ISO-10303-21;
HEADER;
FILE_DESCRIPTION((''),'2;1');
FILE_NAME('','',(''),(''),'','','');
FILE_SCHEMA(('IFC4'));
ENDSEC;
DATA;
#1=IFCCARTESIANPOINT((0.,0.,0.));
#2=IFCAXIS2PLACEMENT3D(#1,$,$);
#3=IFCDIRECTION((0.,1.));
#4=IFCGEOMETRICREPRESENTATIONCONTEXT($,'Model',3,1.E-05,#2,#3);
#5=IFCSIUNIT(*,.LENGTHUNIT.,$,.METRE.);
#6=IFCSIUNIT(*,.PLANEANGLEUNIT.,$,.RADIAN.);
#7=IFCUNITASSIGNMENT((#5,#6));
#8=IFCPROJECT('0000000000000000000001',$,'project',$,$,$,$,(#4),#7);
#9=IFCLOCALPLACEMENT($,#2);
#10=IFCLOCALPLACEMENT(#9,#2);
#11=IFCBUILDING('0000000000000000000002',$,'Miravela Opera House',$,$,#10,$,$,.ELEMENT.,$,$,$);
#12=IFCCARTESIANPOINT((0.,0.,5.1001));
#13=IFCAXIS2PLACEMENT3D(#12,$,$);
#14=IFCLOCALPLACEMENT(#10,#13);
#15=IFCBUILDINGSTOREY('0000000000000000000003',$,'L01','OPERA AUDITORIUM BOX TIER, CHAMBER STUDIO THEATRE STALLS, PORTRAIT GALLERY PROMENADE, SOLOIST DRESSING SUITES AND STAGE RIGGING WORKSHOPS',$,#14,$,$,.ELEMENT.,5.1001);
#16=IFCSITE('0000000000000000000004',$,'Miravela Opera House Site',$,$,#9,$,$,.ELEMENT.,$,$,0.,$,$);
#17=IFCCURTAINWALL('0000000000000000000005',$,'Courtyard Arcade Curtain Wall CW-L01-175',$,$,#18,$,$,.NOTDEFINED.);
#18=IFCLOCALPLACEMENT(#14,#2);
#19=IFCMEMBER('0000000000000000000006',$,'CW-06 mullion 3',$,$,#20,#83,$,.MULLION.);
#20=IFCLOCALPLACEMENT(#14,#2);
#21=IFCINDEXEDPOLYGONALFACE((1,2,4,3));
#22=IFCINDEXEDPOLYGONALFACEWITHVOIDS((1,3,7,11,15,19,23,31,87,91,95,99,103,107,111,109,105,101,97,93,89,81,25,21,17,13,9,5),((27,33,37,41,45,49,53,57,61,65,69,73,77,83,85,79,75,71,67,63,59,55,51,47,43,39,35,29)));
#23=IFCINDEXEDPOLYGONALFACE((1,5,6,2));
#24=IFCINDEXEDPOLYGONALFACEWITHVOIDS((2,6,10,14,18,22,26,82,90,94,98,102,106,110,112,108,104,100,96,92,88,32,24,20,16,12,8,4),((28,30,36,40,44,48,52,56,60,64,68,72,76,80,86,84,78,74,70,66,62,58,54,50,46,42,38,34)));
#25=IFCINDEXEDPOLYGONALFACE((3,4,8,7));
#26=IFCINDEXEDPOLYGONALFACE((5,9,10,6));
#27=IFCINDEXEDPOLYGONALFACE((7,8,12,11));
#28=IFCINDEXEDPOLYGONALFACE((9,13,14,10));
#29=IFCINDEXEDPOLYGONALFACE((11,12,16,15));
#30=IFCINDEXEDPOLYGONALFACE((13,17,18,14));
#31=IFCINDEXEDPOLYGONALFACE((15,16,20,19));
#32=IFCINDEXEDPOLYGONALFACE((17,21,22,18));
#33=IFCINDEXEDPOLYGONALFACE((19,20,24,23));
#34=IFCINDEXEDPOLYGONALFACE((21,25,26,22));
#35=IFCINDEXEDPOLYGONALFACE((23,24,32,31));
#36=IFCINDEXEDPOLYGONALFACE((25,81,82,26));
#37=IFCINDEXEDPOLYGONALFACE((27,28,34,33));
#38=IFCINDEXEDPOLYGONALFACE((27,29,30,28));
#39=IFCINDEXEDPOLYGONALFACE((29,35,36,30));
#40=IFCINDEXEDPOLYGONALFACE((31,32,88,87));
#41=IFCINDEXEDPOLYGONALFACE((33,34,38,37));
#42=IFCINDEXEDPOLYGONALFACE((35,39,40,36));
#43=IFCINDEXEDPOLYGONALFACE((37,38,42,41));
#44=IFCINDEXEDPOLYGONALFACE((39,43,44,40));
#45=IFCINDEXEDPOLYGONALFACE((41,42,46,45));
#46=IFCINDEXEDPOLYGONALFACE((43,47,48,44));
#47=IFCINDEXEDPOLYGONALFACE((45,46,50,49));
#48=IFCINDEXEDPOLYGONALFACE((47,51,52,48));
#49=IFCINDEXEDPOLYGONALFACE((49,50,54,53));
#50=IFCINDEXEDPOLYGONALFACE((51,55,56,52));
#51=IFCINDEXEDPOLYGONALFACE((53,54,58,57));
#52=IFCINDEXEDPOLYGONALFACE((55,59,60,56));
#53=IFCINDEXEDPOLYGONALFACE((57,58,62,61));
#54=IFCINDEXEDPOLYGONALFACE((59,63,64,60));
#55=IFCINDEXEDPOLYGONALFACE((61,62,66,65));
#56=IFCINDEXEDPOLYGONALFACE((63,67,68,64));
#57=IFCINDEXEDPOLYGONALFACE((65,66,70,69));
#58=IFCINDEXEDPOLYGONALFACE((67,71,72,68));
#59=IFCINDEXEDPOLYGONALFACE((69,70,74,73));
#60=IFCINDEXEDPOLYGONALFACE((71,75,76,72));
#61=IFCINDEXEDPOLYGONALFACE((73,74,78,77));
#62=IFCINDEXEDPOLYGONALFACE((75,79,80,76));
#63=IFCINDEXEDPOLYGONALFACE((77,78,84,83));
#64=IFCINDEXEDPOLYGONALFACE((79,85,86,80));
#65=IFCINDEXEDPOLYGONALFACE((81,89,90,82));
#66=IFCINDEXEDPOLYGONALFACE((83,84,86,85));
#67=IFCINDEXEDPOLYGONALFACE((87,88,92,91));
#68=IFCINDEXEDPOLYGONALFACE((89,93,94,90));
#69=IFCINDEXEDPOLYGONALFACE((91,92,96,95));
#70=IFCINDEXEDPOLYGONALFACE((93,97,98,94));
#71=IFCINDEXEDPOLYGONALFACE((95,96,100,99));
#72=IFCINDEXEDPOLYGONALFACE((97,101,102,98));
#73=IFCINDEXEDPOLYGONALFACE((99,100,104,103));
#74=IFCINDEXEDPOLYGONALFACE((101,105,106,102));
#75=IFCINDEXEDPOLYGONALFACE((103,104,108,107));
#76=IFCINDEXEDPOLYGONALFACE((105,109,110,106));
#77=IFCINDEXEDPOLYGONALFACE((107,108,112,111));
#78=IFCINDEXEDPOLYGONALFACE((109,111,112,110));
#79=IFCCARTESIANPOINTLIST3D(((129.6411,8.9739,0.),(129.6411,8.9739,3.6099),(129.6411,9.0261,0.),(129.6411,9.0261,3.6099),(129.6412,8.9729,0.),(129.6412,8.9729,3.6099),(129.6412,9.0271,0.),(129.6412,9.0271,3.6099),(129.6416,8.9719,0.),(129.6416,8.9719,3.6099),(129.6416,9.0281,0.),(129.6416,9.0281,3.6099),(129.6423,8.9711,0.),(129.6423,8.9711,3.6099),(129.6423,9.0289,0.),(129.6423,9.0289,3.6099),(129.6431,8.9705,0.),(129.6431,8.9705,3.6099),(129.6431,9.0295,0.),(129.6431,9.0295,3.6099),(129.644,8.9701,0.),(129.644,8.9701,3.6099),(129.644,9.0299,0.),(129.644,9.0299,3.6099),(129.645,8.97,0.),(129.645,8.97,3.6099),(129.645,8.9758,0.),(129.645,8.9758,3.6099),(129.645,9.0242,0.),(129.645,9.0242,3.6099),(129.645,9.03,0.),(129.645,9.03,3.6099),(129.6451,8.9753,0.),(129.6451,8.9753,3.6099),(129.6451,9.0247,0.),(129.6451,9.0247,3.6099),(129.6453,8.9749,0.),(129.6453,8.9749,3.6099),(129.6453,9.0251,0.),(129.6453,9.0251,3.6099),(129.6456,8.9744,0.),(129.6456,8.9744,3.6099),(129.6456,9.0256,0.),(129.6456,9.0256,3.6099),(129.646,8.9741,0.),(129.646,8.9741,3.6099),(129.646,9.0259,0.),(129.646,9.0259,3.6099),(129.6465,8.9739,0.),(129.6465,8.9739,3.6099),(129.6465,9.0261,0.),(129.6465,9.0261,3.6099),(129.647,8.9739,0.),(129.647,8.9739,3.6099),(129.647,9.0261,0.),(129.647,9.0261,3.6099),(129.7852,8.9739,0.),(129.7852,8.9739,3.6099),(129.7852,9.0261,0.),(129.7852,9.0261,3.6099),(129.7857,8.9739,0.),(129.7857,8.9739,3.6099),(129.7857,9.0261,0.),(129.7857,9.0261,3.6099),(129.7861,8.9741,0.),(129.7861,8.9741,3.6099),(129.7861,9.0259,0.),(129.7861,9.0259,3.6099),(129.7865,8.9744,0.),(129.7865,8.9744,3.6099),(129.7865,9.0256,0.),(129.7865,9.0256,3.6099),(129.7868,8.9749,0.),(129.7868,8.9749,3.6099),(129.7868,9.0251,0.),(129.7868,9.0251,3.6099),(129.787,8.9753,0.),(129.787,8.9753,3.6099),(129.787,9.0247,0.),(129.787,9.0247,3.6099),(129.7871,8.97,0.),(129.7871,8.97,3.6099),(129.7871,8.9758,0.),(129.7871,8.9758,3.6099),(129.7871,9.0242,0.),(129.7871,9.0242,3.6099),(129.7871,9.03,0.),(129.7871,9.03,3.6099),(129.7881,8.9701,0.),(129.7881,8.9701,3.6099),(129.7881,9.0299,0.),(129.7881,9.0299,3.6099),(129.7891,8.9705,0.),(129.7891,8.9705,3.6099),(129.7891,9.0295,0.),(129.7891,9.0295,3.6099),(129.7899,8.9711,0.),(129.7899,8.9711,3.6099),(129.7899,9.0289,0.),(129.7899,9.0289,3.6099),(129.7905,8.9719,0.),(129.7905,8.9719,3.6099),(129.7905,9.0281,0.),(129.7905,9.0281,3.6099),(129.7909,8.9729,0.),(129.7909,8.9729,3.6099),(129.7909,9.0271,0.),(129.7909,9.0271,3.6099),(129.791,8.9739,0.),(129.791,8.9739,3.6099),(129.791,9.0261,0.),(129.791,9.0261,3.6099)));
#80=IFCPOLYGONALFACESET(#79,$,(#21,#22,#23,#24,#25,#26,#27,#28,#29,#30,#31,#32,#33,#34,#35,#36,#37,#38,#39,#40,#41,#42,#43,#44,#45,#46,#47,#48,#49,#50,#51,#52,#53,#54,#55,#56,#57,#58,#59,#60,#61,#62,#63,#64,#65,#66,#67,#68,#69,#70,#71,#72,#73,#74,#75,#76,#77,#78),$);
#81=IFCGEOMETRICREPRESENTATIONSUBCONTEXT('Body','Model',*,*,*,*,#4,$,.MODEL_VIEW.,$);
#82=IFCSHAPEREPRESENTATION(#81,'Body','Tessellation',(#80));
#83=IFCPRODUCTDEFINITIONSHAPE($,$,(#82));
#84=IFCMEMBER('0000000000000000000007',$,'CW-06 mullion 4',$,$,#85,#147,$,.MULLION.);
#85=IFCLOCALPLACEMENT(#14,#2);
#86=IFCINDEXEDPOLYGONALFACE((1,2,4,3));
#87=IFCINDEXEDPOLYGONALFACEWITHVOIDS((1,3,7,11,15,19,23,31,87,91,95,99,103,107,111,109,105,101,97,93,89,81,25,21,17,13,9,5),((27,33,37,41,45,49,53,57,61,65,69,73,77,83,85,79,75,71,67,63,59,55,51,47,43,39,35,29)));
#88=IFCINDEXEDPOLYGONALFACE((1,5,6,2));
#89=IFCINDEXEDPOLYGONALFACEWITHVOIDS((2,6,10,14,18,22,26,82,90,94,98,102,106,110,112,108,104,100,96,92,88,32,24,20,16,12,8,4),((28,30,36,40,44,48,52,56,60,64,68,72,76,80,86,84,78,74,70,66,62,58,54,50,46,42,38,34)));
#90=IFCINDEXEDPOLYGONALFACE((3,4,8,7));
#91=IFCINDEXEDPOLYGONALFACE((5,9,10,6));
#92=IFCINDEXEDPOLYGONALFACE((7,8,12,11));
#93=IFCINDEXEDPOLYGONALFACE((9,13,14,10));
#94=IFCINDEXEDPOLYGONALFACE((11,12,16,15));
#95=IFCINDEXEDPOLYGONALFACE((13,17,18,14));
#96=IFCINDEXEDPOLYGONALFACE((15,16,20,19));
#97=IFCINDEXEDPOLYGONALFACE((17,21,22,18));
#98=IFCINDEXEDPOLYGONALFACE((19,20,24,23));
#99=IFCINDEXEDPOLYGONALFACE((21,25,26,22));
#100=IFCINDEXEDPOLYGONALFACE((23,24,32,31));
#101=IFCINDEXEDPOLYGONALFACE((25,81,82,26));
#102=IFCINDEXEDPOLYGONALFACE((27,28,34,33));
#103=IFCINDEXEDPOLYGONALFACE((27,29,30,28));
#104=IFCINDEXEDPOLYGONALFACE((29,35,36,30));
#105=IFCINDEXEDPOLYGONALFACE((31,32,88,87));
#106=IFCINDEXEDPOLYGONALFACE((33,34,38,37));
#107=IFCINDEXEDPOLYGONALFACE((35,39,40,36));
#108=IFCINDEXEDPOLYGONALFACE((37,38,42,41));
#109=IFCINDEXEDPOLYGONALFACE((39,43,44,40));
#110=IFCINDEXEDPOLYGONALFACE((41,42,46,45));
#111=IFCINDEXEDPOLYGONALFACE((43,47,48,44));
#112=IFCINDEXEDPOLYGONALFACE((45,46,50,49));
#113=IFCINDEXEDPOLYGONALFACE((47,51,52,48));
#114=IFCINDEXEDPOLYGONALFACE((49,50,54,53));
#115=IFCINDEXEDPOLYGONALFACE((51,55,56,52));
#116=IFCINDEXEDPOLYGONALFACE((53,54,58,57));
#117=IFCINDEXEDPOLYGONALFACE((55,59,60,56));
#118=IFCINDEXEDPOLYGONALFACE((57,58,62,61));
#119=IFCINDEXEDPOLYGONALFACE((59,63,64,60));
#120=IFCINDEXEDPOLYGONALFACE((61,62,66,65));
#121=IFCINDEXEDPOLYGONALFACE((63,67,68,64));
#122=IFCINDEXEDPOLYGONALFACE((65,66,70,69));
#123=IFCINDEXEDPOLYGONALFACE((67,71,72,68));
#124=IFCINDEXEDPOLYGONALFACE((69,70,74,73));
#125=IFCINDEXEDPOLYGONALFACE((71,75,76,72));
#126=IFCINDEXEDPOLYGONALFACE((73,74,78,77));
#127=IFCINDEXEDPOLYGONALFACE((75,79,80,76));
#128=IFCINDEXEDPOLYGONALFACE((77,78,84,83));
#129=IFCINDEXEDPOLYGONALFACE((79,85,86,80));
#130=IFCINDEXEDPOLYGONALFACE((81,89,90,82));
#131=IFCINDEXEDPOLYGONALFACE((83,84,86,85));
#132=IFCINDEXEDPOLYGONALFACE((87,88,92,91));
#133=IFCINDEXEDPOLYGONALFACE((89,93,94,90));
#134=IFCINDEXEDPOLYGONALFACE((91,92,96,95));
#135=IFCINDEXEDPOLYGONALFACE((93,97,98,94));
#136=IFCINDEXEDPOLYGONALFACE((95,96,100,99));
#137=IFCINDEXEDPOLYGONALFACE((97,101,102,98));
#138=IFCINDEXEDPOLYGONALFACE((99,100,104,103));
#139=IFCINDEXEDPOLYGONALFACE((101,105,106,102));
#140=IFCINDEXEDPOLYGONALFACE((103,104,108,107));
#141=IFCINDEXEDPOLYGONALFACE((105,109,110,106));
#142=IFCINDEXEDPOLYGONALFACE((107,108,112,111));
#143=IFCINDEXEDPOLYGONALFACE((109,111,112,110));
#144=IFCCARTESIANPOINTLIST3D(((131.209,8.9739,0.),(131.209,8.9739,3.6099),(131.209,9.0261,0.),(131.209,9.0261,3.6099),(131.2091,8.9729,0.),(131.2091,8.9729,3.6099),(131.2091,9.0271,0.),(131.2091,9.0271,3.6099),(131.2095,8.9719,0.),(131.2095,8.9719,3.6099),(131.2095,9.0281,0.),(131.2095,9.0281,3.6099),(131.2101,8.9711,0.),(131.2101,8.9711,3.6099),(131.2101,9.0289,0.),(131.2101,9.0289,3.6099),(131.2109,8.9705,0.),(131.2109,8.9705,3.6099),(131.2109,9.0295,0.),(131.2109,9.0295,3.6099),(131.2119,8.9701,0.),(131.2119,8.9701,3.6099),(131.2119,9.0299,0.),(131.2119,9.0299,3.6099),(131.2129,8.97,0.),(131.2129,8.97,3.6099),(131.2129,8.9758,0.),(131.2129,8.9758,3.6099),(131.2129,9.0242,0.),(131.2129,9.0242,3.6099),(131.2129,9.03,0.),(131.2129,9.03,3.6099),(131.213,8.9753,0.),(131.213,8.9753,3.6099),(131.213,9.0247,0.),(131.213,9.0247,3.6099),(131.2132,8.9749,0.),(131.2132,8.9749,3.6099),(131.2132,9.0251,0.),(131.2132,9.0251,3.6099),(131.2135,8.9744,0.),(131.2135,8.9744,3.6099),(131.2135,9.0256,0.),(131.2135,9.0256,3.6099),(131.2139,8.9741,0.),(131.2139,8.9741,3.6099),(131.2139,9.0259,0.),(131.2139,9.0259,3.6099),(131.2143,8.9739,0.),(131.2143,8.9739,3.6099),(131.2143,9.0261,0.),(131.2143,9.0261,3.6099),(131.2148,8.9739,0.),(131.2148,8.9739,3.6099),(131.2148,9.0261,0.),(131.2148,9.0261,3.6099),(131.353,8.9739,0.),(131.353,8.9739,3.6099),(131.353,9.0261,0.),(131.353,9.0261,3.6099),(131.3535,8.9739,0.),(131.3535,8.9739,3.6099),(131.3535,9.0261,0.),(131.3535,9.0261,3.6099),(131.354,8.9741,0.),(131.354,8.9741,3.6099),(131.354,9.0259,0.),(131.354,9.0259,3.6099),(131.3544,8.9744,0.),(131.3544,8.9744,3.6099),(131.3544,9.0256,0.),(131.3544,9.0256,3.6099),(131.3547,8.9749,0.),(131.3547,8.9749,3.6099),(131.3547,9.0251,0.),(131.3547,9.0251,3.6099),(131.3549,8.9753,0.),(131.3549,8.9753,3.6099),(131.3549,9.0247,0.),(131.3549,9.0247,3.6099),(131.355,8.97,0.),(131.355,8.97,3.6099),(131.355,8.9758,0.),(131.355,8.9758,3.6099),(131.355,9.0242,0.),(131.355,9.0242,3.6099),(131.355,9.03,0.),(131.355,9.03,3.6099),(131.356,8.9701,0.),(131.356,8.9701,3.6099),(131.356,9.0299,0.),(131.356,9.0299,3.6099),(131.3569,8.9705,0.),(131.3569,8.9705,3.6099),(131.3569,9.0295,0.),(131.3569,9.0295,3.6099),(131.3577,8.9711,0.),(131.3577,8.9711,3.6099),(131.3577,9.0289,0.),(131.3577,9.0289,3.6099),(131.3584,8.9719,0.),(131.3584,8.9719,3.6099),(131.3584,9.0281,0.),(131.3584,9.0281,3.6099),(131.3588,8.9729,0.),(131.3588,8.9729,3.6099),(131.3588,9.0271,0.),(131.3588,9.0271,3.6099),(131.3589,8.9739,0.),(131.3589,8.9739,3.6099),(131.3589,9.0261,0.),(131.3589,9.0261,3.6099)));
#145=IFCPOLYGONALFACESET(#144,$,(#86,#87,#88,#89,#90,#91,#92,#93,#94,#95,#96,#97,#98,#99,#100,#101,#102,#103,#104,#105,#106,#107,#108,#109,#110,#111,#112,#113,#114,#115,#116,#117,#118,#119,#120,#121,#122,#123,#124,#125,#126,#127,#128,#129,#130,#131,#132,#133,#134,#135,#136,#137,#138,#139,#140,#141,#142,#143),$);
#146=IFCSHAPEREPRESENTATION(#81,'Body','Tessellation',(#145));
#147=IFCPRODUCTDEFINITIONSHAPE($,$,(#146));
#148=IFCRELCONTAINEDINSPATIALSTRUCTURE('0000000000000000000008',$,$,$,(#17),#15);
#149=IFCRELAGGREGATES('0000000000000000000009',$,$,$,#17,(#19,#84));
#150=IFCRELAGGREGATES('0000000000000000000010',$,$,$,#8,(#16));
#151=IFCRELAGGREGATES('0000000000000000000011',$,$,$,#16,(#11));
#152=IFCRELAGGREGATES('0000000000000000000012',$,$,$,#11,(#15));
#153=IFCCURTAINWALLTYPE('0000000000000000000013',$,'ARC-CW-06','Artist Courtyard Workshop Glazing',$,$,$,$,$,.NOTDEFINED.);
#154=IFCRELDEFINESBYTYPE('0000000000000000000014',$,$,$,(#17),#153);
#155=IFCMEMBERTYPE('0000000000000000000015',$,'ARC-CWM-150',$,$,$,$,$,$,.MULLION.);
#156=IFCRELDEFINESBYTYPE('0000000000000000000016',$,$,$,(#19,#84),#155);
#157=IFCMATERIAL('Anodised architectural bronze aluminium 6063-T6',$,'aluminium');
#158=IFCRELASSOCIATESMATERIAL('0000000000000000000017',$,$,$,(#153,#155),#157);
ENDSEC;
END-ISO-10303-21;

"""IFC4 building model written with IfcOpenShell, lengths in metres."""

from ifc_helpers import new_model, si_unit, direction, frame, origin, origin_2d, place, context, subcontext, project, spatial, hollow_rectangle, extrude, material, material_profile, profile_set, type_object, element, aggregate, save


model = new_model("IFC4")

# Units and contexts
model_context = context("Model", 3, precision=1e-05, world=origin(), true_north=direction((0.0, 1.0)))
body_context = subcontext(model_context, "Body", "Model", "MODEL_VIEW")
ifc_project = project(units=[si_unit("LENGTHUNIT", "METRE"), si_unit("PLANEANGLEUNIT", "RADIAN")], contexts=[model_context])

# Site, building, storey
site_placement = place(None, origin())
site = spatial("IfcSite", under=ifc_project, at=site_placement, Name="Miravela Opera House Site", CompositionType="ELEMENT", RefElevation=0.0)
building_placement = place(site_placement, origin())
building = spatial("IfcBuilding", under=site, at=building_placement, Name="Miravela Opera House", CompositionType="ELEMENT")
storey_placement = place(building_placement, frame((0.0, 0.0, 5.1001)))
storey = spatial("IfcBuildingStorey", under=building, at=storey_placement, Name="L01", Description="OPERA AUDITORIUM BOX TIER, CHAMBER STUDIO THEATRE STALLS, PORTRAIT GALLERY PROMENADE, SOLOIST DRESSING SUITES AND STAGE RIGGING WORKSHOPS", CompositionType="ELEMENT", Elevation=5.1001)

# Shared definitions
ifc_material_1 = material(Name="Anodised architectural bronze aluminium 6063-T6", Category="aluminium")
curtain_wall_type = type_object("IfcCurtainWallType", Name="ARC-CW-06", Description="Artist Courtyard Workshop Glazing", PredefinedType="NOTDEFINED", material=ifc_material_1)
ifc_material_profile_1 = material_profile(ifc_material_1, hollow_rectangle(XDim=0.0601, YDim=0.1499, WallThickness=0.0039, InnerFilletRadius=0.002, OuterFilletRadius=0.0039, at=origin_2d()), Name="CWM-60X150")
ifc_profile_set_1 = profile_set([ifc_material_profile_1])
member_type_1 = type_object("IfcMemberType", Name="ARC-CWM-150", PredefinedType="MULLION", material=ifc_profile_set_1)

# Curtain wall, members
curtain_wall_1_placement = place(storey_placement, origin())
curtain_wall_1 = element("IfcCurtainWall", 1, at=curtain_wall_1_placement, inside=storey, type_object=curtain_wall_type, Name="Courtyard Arcade Curtain Wall CW-L01-175", PredefinedType="NOTDEFINED")
member_1_placement = place(storey_placement, frame((129.7161, 9.0, 0.0), z_axis=(0.0, 0.0, 1.0), x_axis=(0.0, 1.0, 0.0)))
member_1 = element("IfcMember", 2, at=member_1_placement, type_object=member_type_1, Name="CW-06 mullion 3", PredefinedType="MULLION", context=body_context, shape_type="SweptSolid", body=[
    extrude(hollow_rectangle(XDim=0.0601, YDim=0.1499, WallThickness=0.0039, InnerFilletRadius=0.002, OuterFilletRadius=0.0039, at=origin_2d()), origin(), (0.0, 0.0, 1.0), 3.6099),
])
member_2_placement = place(storey_placement, frame((131.2839, 9.0, 0.0), z_axis=(0.0, 0.0, 1.0), x_axis=(0.0, 1.0, 0.0)))
member_2 = element("IfcMember", 3, at=member_2_placement, type_object=member_type_1, Name="CW-06 mullion 4", PredefinedType="MULLION", context=body_context, shape_type="SweptSolid", body=[
    extrude(hollow_rectangle(XDim=0.0601, YDim=0.1499, WallThickness=0.0039, InnerFilletRadius=0.002, OuterFilletRadius=0.0039, at=origin_2d()), origin(), (0.0, 0.0, 1.0), 3.6099),
])

aggregate(curtain_wall_1, [member_1, member_2])

save(model, "model.ifc")
